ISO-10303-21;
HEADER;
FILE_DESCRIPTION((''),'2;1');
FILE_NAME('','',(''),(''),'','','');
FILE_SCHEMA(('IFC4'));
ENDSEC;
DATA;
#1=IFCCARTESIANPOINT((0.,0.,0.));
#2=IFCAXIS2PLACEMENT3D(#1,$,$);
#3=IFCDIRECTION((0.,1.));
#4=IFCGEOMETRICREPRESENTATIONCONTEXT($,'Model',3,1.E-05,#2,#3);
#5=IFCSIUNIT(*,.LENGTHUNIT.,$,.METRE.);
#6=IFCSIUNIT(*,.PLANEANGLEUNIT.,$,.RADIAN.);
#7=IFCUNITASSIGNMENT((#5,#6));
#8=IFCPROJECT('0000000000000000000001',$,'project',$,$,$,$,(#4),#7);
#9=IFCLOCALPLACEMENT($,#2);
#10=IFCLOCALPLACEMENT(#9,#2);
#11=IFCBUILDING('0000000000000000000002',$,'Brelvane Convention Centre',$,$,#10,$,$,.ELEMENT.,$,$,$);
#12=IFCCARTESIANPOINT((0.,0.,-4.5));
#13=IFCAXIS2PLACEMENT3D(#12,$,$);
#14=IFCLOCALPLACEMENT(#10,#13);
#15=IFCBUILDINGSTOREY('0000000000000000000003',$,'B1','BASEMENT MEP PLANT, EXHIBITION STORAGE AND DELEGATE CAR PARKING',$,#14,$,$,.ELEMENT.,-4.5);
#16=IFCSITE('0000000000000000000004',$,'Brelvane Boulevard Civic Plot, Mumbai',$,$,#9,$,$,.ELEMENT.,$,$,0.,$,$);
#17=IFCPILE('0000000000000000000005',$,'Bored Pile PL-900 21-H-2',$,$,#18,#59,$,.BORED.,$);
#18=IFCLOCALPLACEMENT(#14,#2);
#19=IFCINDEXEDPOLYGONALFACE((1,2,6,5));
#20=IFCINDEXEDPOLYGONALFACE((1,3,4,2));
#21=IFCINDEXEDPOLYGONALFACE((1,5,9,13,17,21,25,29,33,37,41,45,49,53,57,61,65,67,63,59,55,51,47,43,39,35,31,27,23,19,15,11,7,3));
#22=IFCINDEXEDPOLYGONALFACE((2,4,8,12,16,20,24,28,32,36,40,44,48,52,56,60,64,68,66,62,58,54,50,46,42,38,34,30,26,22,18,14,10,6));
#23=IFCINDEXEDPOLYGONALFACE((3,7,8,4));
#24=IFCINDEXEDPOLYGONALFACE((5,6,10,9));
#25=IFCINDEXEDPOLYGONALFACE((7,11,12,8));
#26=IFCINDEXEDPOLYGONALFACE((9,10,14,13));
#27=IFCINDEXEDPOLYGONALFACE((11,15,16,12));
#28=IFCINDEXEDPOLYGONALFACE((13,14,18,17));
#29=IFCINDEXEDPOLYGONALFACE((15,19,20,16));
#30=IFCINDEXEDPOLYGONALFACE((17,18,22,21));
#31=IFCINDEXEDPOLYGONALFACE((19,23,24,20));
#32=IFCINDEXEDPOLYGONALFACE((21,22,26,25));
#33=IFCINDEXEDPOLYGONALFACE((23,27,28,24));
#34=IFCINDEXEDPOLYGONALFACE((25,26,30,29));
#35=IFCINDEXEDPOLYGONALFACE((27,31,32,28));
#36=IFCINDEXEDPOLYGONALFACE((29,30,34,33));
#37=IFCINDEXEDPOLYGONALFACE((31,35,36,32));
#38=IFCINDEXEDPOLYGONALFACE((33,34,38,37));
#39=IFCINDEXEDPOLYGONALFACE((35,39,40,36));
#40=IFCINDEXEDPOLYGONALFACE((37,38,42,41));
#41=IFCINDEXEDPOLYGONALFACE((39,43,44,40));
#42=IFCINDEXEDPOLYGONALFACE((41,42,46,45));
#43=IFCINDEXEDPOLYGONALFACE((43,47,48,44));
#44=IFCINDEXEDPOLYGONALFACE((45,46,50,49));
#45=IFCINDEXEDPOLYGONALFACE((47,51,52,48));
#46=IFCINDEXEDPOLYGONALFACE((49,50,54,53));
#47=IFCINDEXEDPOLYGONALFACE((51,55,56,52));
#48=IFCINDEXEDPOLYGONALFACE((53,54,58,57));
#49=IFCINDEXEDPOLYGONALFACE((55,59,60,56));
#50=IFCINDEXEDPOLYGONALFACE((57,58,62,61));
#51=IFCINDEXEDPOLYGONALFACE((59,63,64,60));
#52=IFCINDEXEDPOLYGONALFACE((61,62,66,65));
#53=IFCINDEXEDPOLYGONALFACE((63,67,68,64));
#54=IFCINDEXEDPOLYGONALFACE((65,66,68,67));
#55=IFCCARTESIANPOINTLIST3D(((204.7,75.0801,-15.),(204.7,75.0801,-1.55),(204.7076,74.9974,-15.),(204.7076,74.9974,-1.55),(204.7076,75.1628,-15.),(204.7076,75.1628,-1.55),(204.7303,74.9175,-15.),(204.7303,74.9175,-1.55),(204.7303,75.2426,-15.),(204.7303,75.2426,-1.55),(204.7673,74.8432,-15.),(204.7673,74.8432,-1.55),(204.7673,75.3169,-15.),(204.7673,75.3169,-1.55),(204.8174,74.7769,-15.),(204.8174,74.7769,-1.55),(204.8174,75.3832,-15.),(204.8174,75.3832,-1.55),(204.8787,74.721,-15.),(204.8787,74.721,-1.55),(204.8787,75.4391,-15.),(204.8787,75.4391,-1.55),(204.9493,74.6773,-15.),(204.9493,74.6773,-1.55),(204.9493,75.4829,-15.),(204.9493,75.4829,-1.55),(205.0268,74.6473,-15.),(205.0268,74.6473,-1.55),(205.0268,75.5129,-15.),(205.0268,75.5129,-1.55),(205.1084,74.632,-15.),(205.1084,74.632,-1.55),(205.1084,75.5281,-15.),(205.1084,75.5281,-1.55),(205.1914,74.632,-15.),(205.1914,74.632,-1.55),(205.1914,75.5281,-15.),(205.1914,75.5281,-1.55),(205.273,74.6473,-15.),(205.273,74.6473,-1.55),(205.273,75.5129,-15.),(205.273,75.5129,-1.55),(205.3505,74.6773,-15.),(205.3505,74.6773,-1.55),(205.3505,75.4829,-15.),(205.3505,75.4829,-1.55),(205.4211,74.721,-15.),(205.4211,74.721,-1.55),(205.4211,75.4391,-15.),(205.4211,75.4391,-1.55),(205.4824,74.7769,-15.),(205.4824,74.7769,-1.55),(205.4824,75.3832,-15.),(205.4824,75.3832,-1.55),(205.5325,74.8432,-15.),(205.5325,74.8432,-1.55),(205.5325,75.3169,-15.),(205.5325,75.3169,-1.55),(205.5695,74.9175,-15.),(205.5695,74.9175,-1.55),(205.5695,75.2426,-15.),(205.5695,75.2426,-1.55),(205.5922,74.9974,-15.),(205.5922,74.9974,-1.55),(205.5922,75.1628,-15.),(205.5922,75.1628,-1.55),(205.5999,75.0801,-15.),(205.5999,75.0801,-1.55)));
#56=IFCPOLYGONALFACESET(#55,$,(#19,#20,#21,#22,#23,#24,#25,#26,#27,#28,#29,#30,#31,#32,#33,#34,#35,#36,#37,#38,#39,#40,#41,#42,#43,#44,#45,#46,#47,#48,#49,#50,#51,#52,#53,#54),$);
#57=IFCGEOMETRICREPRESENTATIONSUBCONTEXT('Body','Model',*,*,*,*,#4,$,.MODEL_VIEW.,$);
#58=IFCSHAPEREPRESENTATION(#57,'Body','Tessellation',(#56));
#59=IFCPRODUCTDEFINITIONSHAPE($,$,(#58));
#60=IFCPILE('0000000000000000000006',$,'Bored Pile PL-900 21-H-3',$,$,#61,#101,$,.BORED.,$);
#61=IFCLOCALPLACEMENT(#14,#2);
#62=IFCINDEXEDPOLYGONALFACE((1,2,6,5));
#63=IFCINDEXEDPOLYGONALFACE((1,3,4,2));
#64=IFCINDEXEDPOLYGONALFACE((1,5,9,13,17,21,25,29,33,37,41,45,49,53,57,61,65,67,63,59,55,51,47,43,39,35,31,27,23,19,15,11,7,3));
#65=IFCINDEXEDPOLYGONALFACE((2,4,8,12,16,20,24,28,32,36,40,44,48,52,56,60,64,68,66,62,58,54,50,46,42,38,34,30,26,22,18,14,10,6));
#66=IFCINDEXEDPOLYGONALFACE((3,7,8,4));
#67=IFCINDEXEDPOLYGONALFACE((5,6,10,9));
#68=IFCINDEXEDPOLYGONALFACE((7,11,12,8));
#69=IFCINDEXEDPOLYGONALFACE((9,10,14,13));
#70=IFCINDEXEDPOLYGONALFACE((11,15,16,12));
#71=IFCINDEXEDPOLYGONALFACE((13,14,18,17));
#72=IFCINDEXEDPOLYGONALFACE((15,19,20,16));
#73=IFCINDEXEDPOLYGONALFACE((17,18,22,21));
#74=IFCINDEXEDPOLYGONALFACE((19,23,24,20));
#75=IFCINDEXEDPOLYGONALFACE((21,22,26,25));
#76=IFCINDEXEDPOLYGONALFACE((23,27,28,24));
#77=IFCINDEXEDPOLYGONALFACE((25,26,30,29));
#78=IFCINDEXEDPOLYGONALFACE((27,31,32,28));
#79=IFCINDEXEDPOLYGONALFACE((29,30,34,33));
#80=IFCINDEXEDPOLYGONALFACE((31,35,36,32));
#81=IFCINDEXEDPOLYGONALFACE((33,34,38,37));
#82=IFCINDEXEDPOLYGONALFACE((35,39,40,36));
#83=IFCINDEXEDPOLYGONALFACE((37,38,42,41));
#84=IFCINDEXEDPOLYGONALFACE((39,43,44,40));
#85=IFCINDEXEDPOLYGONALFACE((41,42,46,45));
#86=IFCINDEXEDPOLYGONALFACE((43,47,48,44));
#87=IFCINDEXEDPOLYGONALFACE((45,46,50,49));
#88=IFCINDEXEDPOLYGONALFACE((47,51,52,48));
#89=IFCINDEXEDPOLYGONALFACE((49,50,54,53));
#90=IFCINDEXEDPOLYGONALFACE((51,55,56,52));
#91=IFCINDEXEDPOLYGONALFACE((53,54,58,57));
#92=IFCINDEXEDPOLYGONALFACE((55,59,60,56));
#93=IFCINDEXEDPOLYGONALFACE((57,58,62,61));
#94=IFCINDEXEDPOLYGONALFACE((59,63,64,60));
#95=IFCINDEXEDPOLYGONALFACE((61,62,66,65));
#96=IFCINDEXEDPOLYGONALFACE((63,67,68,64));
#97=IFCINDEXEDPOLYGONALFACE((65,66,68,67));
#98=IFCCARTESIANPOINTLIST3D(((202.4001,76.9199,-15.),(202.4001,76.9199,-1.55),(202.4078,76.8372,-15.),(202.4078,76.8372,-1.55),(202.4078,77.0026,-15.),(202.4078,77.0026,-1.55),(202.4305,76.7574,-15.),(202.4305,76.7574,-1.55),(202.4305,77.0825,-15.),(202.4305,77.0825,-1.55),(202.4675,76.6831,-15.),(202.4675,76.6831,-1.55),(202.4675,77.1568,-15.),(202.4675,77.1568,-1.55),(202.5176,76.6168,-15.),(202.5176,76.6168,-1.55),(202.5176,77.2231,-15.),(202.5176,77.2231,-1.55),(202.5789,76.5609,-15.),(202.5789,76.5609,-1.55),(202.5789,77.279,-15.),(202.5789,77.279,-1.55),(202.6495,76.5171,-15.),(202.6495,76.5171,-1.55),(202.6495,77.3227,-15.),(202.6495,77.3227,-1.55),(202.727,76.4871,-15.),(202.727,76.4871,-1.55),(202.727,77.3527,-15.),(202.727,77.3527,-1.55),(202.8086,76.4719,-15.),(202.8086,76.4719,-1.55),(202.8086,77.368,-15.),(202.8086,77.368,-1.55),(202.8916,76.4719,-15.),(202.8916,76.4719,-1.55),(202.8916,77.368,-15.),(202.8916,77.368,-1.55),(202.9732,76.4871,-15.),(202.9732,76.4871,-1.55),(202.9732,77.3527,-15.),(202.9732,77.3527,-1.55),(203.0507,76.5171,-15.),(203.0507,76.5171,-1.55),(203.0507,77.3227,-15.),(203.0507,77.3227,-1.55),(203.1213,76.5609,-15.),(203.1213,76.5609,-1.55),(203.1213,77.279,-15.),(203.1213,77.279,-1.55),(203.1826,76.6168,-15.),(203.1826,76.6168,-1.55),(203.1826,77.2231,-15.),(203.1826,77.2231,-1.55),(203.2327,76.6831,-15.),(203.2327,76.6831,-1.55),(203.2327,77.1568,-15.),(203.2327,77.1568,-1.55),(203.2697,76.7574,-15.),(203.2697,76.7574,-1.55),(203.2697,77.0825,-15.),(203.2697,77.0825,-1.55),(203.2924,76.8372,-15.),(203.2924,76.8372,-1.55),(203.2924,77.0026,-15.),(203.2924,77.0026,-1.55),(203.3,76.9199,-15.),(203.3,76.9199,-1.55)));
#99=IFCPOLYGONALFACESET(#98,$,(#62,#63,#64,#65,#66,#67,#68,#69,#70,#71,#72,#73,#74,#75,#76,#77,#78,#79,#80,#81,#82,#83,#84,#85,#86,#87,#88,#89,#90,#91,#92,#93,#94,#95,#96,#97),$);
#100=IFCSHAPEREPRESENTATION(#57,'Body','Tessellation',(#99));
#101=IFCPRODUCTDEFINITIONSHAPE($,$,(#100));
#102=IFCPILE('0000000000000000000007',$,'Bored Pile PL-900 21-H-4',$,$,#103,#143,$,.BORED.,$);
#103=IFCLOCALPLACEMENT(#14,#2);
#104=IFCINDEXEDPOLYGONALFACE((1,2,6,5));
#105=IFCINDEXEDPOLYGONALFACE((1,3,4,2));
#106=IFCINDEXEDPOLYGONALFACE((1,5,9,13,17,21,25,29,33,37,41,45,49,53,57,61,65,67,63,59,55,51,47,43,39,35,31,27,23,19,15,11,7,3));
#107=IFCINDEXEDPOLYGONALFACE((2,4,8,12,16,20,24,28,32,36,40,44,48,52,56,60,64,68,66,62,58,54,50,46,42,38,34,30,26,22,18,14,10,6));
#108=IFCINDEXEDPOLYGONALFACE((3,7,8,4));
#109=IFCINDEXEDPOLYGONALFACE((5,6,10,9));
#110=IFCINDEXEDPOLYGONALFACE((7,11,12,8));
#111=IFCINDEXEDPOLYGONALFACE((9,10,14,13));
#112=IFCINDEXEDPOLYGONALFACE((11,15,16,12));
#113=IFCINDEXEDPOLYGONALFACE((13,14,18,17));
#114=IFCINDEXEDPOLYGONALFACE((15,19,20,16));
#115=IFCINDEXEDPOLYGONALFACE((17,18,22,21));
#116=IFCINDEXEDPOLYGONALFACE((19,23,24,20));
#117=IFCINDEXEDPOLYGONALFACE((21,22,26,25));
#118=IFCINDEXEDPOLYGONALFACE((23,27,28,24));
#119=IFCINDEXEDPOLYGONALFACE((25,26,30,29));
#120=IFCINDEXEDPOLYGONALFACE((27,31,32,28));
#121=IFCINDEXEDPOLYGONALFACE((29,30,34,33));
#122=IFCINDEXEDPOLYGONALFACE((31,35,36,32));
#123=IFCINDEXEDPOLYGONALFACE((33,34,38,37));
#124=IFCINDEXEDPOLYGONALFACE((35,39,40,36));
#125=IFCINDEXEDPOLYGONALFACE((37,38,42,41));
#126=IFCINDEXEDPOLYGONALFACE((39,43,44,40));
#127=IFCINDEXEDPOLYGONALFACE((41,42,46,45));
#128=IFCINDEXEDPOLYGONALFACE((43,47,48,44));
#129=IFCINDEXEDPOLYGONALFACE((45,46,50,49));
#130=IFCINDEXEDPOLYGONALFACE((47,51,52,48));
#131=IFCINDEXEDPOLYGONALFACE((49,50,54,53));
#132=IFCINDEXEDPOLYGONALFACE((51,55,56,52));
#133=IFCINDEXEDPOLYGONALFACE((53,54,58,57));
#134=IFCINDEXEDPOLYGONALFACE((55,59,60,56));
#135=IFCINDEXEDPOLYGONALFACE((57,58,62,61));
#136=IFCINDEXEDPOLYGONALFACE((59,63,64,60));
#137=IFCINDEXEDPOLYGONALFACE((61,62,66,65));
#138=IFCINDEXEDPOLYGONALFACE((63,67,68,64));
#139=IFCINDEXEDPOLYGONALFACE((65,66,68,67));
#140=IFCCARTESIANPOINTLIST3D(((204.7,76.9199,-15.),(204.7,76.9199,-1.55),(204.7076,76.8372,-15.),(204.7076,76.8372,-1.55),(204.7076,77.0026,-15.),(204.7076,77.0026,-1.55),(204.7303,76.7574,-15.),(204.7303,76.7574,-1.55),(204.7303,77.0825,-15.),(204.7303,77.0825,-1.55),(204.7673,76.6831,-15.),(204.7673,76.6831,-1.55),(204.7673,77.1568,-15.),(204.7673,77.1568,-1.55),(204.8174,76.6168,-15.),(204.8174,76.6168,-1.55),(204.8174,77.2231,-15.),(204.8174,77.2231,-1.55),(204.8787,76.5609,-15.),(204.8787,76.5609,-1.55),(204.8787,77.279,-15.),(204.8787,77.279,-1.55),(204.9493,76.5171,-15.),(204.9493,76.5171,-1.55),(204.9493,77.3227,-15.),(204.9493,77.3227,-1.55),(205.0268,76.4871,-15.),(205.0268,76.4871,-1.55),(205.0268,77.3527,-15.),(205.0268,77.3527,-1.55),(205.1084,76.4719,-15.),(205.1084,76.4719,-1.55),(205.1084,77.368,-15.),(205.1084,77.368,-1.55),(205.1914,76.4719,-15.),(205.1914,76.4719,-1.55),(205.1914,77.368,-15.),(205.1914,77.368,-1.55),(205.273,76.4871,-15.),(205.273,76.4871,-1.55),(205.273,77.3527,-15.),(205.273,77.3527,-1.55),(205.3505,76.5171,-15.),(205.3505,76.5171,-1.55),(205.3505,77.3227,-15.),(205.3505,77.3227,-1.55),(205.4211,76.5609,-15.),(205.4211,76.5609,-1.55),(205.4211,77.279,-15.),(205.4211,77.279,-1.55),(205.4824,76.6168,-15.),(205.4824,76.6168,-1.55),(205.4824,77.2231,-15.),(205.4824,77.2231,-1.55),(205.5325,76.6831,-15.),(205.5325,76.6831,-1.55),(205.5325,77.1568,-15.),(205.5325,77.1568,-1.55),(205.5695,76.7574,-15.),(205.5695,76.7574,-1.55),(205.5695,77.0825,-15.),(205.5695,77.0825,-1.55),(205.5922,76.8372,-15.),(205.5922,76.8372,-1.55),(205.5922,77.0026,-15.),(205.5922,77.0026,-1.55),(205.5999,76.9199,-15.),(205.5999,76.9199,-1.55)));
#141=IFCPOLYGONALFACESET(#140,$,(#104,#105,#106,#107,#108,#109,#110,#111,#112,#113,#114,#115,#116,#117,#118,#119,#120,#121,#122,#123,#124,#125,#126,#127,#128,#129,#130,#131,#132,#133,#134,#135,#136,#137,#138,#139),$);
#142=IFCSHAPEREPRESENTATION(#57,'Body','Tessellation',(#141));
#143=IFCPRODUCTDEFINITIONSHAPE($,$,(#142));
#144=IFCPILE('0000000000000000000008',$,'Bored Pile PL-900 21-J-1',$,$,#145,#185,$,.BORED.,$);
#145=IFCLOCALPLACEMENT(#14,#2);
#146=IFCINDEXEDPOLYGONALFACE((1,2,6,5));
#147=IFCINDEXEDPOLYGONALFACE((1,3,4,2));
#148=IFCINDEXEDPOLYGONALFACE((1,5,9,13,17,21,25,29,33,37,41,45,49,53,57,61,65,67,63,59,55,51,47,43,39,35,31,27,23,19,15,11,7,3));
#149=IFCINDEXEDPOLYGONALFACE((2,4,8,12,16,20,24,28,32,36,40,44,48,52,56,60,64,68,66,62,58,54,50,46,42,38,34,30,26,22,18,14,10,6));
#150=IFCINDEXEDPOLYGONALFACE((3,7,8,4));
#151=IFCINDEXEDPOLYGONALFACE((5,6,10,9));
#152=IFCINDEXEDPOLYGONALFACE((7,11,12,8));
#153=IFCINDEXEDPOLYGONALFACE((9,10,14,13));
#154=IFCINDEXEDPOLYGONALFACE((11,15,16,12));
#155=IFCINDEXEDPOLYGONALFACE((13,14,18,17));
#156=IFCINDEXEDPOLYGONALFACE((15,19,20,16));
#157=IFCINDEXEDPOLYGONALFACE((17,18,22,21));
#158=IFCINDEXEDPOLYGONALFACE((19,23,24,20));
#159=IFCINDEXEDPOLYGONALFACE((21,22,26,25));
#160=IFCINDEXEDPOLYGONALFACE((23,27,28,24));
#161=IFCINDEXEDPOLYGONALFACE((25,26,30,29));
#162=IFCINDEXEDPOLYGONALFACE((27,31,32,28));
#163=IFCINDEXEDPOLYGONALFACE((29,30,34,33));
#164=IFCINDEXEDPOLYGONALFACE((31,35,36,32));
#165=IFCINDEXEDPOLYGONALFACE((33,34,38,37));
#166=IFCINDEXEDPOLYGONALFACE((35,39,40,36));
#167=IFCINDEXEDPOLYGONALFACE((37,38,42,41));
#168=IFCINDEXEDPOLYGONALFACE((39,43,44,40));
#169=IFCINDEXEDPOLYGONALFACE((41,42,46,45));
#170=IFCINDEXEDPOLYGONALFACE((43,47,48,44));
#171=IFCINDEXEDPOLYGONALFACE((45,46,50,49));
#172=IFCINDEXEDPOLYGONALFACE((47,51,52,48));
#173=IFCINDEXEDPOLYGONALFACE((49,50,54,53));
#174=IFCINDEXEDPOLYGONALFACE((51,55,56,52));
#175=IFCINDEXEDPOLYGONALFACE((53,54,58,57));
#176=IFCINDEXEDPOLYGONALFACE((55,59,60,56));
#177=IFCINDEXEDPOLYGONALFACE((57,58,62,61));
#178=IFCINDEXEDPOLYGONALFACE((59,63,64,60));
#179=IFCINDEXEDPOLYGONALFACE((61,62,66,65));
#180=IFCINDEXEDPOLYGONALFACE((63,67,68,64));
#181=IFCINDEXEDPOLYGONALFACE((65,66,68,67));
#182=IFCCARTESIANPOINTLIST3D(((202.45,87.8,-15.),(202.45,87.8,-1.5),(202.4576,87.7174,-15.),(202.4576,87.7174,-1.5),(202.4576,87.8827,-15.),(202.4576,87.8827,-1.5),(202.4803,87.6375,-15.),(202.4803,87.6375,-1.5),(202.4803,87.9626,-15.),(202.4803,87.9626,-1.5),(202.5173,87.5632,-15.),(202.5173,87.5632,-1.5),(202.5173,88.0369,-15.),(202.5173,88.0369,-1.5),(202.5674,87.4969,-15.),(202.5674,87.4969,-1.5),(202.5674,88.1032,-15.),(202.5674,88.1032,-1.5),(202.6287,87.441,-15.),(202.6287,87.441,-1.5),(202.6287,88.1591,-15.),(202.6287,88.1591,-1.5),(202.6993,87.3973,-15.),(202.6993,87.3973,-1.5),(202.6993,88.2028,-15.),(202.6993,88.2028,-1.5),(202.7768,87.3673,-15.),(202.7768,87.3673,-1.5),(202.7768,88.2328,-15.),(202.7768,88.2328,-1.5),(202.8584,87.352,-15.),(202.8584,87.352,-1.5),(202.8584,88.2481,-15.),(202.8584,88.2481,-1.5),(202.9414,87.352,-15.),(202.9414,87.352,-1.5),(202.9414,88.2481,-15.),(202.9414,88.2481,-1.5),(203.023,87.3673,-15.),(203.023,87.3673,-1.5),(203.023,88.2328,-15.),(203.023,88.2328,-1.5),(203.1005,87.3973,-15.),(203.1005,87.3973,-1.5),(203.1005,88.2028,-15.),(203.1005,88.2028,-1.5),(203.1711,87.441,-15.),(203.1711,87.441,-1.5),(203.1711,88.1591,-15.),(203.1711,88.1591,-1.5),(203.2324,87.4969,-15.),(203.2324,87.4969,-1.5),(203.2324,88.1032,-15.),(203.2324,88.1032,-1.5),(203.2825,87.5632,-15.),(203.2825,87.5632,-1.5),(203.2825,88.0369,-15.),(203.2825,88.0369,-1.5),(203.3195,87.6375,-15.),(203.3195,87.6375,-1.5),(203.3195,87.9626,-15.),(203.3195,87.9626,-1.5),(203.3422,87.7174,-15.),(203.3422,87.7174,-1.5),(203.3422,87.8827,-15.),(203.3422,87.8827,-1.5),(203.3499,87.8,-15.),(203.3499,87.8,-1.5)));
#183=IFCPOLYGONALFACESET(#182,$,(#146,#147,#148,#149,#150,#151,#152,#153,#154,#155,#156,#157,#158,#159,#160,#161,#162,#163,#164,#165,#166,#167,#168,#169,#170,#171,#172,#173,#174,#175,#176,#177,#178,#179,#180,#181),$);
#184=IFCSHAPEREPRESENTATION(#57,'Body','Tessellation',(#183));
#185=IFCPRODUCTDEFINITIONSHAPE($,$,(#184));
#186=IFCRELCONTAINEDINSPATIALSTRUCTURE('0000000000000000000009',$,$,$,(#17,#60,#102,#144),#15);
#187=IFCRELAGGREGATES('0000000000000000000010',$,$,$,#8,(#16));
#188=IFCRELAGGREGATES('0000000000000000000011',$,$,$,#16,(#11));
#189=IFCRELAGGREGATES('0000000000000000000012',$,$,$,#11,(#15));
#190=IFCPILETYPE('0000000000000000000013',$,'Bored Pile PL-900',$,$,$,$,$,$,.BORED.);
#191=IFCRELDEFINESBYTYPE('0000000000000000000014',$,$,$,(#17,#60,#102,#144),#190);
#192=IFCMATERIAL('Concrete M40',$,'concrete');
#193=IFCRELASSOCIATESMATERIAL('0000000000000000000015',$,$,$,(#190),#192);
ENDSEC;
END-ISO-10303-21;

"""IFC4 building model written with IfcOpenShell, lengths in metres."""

from ifc_helpers import new_model, si_unit, direction, frame, origin, origin_2d, place, context, subcontext, project, spatial, circle, extrude, material, material_profile, profile_set, type_object, element, save


model = new_model("IFC4")

# Units and contexts
model_context = context("Model", 3, precision=1e-05, world=origin(), true_north=direction((0.0, 1.0)))
body_context = subcontext(model_context, "Body", "Model", "MODEL_VIEW")
ifc_project = project(units=[si_unit("LENGTHUNIT", "METRE"), si_unit("PLANEANGLEUNIT", "RADIAN")], contexts=[model_context])

# Site, building, storey
site_placement = place(None, origin())
site = spatial("IfcSite", under=ifc_project, at=site_placement, Name="Brelvane Boulevard Civic Plot, Mumbai", CompositionType="ELEMENT", RefElevation=0.0)
building_placement = place(site_placement, origin())
building = spatial("IfcBuilding", under=site, at=building_placement, Name="Brelvane Convention Centre", CompositionType="ELEMENT")
storey_placement = place(building_placement, frame((0.0, 0.0, -4.5)))
storey = spatial("IfcBuildingStorey", under=building, at=storey_placement, Name="B1", Description="BASEMENT MEP PLANT, EXHIBITION STORAGE AND DELEGATE CAR PARKING", CompositionType="ELEMENT", Elevation=-4.5)

# Piles
ifc_material_1 = material(Name="Concrete M40", Category="concrete")
ifc_material_profile_1 = material_profile(ifc_material_1, circle(Radius=0.45, at=origin_2d()), Name="PILE D900")
ifc_profile_set_1 = profile_set([ifc_material_profile_1], Name="Concrete M40")
pile_type = type_object("IfcPileType", Name="Bored Pile PL-900", PredefinedType="BORED", material=ifc_profile_set_1)
for number, where, z_axis, x_axis, name in (
    (1, (205.1499, 75.0801, -1.55), (0.0, 0.0, -1.0), (1.0, 0.0, 0.0), "Bored Pile PL-900 21-H-2"),
    (2, (202.8501, 76.9199, -1.55), (0.0, 0.0, -1.0), (1.0, 0.0, 0.0), "Bored Pile PL-900 21-H-3"),
    (3, (205.1499, 76.9199, -1.55), (0.0, 0.0, -1.0), (1.0, 0.0, 0.0), "Bored Pile PL-900 21-H-4"),
):
    element("IfcPile", number, at=place(storey_placement, frame(where, z_axis=z_axis, x_axis=x_axis)), inside=storey, type_object=pile_type, Name=name, PredefinedType="BORED", context=body_context, shape_type="SweptSolid", body=[
        extrude(circle(Radius=0.45, at=origin_2d()), origin(), (0.0, 0.0, 1.0), 13.45),
    ])
for number, where, z_axis, x_axis, name in (
    (4, (202.8999, 87.8, -1.5), (0.0, 0.0, -1.0), (1.0, 0.0, 0.0), "Bored Pile PL-900 21-J-1"),
):
    element("IfcPile", number, at=place(storey_placement, frame(where, z_axis=z_axis, x_axis=x_axis)), inside=storey, type_object=pile_type, Name=name, PredefinedType="BORED", context=body_context, shape_type="SweptSolid", body=[
        extrude(circle(Radius=0.45, at=origin_2d()), origin(), (0.0, 0.0, 1.0), 13.5),
    ])

save(model, "model.ifc")
